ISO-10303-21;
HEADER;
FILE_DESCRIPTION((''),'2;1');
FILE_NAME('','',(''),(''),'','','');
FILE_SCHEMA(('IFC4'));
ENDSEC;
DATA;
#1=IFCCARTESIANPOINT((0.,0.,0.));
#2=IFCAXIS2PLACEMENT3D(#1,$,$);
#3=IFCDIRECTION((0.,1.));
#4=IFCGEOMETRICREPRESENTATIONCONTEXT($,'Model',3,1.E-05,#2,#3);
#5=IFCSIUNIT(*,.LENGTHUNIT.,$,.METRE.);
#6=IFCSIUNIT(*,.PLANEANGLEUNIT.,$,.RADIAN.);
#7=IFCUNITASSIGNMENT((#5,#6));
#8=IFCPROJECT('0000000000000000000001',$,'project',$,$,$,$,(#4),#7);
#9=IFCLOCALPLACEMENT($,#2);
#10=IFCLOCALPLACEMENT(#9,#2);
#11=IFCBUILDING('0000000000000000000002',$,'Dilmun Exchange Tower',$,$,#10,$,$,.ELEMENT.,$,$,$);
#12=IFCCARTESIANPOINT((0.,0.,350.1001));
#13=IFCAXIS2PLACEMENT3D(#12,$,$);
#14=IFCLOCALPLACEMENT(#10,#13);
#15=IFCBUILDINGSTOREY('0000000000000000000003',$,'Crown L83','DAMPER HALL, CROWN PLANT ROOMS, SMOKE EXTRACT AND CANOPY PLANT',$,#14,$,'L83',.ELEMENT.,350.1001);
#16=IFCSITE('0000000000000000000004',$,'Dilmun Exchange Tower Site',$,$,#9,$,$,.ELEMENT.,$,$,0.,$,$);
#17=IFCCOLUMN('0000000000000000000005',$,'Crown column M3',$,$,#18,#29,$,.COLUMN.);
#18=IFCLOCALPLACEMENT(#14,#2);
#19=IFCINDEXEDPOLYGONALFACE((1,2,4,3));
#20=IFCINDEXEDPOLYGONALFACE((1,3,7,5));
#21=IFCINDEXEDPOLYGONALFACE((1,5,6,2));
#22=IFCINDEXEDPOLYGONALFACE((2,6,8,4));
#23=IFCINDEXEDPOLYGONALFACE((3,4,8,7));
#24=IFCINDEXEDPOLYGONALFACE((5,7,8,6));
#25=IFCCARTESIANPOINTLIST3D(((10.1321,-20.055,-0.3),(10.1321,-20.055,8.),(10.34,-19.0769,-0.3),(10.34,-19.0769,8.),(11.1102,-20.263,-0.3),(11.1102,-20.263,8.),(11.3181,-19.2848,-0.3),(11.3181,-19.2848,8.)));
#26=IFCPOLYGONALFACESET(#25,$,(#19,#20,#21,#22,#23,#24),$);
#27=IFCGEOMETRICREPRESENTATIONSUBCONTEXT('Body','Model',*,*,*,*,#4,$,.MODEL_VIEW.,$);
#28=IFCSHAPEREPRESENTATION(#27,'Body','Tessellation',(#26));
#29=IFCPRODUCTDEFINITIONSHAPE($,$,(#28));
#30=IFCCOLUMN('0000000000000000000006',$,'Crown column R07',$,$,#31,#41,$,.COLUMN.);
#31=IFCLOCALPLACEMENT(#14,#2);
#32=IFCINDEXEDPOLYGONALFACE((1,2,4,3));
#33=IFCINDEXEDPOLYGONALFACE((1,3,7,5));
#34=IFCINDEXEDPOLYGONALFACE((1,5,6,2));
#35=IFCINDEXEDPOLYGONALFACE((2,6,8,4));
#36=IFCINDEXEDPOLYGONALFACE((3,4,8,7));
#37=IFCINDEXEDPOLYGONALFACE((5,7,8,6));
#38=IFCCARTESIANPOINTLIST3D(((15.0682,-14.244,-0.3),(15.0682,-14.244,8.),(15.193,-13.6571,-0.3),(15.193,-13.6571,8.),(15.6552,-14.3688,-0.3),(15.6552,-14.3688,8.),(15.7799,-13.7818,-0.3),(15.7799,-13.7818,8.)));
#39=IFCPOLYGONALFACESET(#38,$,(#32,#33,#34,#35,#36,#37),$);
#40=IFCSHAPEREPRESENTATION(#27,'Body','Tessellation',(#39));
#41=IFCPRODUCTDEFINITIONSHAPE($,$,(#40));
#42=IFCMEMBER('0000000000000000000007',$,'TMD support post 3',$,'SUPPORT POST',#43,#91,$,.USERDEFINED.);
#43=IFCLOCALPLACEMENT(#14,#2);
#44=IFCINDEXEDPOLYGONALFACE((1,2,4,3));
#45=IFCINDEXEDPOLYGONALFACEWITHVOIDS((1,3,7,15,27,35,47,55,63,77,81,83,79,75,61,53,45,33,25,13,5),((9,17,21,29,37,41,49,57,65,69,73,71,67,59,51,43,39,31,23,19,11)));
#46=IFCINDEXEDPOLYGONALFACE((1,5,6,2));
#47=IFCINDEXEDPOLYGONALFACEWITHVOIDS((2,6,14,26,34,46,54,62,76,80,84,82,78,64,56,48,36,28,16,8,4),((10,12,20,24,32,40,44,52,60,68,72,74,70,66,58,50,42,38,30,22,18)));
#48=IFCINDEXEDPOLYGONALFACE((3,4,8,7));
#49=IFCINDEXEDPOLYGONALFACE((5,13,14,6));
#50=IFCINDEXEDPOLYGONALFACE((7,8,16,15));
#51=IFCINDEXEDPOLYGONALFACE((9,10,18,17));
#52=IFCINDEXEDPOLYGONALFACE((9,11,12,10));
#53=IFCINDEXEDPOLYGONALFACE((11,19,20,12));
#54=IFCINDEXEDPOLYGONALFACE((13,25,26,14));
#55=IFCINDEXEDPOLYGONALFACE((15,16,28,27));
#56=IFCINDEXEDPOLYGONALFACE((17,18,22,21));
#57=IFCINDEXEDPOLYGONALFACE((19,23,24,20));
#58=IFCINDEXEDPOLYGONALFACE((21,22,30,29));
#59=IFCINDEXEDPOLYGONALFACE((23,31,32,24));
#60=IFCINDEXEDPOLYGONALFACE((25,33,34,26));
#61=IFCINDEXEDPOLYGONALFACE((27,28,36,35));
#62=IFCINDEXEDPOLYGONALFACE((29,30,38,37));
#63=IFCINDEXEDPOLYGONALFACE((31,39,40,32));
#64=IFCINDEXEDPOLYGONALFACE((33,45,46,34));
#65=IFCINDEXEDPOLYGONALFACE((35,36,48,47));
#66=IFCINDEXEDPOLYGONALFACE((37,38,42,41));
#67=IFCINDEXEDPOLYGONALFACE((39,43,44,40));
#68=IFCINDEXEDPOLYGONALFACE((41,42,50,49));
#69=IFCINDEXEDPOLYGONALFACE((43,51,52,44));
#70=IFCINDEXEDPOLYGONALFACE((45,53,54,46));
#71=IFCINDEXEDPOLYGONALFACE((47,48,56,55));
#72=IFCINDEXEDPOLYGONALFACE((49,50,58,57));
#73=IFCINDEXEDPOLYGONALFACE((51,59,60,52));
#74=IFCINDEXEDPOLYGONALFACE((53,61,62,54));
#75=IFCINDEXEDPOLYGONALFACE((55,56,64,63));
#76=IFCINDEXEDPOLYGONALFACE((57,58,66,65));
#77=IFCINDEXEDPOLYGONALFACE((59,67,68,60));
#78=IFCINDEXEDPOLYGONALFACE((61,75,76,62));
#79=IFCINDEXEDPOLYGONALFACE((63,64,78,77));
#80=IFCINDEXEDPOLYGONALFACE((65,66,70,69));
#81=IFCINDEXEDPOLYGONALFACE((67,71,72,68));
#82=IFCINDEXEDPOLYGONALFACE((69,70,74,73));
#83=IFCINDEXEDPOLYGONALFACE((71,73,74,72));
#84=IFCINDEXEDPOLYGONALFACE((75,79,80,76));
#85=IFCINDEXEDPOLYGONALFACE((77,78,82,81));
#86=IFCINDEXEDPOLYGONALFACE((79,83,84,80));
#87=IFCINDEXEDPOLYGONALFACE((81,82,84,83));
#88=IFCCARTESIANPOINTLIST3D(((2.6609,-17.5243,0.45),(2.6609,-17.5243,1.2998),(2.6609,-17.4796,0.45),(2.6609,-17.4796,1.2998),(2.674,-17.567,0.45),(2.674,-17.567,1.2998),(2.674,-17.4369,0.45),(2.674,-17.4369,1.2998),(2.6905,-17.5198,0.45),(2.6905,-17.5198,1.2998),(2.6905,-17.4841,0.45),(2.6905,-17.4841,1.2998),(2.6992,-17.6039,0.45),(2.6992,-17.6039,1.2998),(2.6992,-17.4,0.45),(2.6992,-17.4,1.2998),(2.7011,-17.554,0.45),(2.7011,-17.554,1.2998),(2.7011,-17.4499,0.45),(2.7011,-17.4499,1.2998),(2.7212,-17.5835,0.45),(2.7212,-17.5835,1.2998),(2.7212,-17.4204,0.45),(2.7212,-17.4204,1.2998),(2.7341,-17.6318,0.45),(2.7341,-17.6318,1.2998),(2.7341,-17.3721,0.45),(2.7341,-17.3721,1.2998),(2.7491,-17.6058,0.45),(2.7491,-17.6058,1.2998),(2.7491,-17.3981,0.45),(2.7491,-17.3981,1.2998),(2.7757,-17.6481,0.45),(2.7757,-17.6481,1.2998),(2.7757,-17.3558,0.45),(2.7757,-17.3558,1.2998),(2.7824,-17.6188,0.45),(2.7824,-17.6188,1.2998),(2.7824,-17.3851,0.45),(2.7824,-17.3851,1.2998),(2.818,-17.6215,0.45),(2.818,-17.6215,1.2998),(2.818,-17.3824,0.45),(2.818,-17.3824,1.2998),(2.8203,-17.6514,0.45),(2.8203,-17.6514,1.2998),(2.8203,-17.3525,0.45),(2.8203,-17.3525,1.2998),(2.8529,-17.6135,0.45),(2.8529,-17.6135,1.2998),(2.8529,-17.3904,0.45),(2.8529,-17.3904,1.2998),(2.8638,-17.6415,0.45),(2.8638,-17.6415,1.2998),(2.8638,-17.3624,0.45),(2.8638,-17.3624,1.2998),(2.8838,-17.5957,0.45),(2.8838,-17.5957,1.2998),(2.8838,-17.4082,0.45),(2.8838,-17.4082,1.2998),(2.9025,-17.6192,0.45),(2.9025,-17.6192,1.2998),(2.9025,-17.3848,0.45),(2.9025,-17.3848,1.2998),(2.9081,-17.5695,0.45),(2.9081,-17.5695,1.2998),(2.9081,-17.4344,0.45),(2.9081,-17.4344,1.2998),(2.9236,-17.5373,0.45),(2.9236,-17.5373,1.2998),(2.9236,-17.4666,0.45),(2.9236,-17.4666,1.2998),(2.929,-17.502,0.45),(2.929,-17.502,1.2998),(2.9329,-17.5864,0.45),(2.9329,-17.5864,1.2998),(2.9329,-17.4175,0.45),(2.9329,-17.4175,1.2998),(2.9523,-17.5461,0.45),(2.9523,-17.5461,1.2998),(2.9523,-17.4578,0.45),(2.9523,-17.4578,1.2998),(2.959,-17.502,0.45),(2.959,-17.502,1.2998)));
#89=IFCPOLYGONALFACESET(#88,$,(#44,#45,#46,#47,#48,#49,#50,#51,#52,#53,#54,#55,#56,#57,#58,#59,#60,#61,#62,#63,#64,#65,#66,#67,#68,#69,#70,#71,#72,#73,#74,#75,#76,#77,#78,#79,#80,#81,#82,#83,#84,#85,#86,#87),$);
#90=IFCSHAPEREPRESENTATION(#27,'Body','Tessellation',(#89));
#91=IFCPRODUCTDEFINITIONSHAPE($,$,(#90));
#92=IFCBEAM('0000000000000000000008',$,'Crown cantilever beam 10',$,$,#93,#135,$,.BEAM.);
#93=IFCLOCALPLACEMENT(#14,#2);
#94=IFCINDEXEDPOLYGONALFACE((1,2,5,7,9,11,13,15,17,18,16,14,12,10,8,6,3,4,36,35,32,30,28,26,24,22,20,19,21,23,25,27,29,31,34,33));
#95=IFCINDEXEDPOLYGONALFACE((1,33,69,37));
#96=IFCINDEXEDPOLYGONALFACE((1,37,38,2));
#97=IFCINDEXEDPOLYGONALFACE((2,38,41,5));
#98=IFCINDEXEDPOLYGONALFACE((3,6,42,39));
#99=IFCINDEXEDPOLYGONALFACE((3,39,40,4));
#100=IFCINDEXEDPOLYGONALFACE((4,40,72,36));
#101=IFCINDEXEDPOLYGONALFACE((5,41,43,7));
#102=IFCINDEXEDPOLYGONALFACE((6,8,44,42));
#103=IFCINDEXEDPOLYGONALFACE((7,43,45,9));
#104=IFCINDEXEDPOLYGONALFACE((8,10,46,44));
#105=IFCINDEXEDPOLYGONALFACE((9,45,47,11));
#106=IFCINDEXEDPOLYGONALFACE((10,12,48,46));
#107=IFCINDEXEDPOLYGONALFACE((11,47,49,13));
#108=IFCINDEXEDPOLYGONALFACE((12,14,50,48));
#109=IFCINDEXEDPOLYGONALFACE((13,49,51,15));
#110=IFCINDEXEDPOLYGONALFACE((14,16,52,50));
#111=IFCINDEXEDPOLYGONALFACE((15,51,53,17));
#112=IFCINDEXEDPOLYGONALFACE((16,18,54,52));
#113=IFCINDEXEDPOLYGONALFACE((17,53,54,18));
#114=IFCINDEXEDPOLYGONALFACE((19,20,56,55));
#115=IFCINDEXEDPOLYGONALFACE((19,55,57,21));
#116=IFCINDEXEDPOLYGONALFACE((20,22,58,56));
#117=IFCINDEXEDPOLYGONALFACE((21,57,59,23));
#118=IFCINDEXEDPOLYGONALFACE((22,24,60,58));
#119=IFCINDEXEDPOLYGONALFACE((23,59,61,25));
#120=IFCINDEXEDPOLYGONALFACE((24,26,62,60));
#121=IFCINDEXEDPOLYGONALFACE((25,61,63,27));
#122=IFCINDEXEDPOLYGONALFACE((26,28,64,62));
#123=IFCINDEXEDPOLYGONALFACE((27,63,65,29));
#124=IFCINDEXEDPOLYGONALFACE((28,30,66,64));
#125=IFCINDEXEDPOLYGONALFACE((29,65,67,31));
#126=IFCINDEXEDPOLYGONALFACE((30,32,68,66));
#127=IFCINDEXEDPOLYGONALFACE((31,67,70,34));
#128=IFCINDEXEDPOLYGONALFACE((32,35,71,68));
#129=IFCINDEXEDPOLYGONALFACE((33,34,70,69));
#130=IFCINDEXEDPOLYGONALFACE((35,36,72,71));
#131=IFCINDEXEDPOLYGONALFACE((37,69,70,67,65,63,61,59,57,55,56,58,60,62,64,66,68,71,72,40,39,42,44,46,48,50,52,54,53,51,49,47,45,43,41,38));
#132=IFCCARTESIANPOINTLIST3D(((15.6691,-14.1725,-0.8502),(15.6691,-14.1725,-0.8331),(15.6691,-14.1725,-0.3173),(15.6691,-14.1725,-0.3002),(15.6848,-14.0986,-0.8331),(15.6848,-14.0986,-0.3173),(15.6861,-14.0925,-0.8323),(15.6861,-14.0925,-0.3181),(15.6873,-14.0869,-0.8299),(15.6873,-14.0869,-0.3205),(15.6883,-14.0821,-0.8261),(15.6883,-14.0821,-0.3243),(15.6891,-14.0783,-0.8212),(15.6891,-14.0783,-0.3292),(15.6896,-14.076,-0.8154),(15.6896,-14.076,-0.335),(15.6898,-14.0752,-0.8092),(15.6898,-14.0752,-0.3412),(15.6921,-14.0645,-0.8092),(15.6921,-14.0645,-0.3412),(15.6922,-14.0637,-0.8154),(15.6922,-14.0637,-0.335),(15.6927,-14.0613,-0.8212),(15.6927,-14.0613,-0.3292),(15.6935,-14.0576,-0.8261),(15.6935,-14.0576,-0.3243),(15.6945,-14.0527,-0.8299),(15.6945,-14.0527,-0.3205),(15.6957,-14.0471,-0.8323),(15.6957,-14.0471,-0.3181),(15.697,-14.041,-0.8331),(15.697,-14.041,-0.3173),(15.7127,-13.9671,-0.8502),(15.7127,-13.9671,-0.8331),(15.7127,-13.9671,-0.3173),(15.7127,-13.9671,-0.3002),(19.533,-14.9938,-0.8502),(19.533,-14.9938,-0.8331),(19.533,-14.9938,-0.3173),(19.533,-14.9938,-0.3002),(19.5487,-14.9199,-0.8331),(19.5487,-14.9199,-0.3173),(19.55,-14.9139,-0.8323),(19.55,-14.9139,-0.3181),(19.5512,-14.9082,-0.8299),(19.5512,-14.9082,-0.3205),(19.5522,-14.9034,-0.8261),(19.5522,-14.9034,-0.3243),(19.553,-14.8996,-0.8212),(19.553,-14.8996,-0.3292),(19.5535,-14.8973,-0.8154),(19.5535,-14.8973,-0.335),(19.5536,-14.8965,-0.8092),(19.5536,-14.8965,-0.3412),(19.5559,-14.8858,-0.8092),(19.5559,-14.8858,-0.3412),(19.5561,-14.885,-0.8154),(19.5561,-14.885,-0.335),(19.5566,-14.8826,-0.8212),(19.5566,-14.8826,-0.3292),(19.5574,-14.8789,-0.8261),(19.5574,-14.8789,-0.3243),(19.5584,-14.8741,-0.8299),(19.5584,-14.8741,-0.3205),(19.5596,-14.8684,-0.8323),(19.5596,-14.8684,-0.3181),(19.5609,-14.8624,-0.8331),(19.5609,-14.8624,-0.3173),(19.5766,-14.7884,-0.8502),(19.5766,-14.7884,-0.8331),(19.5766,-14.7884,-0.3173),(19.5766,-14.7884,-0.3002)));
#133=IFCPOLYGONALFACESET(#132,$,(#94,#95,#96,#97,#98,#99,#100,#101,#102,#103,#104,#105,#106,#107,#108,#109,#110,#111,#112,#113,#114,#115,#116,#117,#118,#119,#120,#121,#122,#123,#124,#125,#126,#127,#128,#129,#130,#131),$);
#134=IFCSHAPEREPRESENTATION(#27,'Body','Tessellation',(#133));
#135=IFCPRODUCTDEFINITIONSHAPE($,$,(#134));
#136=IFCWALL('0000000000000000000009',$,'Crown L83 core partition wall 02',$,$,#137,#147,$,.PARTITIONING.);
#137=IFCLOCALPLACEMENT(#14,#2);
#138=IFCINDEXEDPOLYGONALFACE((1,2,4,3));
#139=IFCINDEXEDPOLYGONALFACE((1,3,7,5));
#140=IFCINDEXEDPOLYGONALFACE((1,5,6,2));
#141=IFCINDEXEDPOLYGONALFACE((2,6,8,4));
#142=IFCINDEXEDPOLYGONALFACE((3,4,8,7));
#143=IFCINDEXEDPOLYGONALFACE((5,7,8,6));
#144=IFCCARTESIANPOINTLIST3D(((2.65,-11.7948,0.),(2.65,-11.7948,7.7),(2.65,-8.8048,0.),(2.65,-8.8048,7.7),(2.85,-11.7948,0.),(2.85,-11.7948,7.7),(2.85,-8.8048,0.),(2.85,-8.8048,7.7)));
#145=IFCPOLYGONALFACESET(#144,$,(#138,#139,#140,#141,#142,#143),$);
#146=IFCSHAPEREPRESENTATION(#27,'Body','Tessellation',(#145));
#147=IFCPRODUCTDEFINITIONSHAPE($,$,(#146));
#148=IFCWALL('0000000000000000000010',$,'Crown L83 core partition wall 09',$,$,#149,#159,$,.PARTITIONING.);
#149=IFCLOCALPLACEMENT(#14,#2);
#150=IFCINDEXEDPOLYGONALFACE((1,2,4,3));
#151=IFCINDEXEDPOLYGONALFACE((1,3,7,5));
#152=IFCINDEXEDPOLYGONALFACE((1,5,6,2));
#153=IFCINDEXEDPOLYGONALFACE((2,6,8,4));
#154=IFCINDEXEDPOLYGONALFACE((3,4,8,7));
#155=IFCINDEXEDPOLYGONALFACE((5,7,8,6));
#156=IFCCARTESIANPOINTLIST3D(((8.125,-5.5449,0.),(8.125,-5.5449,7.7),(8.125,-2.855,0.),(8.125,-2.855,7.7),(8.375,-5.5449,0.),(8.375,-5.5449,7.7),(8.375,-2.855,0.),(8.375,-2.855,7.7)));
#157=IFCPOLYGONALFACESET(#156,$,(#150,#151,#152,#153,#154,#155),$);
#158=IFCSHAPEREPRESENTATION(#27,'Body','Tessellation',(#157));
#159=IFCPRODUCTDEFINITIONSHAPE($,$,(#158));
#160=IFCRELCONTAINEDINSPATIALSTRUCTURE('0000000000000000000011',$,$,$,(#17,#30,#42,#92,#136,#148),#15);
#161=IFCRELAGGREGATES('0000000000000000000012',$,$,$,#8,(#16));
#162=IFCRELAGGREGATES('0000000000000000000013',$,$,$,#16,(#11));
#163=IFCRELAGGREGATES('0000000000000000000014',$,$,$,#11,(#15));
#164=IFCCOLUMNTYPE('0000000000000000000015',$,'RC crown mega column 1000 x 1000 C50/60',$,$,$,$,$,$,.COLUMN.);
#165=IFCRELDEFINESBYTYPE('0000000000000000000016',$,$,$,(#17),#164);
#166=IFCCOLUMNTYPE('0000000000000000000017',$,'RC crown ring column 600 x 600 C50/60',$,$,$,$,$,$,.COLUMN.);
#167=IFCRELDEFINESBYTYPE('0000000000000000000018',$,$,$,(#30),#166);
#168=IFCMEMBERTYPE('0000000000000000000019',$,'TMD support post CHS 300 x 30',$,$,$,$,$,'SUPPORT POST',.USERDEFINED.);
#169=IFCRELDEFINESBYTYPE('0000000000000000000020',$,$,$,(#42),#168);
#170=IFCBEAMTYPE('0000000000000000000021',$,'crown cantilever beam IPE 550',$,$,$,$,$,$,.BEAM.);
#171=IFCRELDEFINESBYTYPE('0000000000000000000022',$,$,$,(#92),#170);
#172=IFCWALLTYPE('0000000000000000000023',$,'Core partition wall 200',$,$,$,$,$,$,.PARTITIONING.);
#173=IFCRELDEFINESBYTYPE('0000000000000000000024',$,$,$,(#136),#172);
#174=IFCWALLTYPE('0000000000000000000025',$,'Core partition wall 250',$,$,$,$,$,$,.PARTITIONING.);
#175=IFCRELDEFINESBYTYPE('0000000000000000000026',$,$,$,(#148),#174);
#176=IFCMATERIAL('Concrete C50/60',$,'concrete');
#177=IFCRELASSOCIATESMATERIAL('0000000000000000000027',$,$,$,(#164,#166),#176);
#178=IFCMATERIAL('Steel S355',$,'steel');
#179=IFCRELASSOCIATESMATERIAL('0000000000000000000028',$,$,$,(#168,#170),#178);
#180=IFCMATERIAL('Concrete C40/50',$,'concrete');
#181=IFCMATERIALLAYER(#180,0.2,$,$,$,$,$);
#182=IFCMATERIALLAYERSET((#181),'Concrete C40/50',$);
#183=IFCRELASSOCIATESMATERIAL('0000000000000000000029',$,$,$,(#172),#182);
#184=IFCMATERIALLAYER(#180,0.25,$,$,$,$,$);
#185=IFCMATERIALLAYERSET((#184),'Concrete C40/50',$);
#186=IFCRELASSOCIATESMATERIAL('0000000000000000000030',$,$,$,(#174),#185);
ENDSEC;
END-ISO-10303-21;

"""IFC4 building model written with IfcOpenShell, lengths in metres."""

from ifc_helpers import new_model, si_unit, direction, frame, frame_2d, origin, origin_2d, place, context, subcontext, project, spatial, rectangle, hollow_circle, i_section, extrude, material, layer, layer_set, material_profile, profile_set, type_object, element, save


model = new_model("IFC4")

# Units and contexts
model_context = context("Model", 3, precision=1e-05, world=origin(), true_north=direction((0.0, 1.0)))
body_context = subcontext(model_context, "Body", "Model", "MODEL_VIEW")
ifc_project = project(units=[si_unit("LENGTHUNIT", "METRE"), si_unit("PLANEANGLEUNIT", "RADIAN")], contexts=[model_context])

# Site, building, storey
site_placement = place(None, origin())
site = spatial("IfcSite", under=ifc_project, at=site_placement, Name="Dilmun Exchange Tower Site", CompositionType="ELEMENT", RefElevation=0.0)
building_placement = place(site_placement, origin())
building = spatial("IfcBuilding", under=site, at=building_placement, Name="Dilmun Exchange Tower", CompositionType="ELEMENT")
storey_placement = place(building_placement, frame((0.0, 0.0, 350.1001)))
storey = spatial("IfcBuildingStorey", under=building, at=storey_placement, Name="Crown L83", Description="DAMPER HALL, CROWN PLANT ROOMS, SMOKE EXTRACT AND CANOPY PLANT", LongName="L83", CompositionType="ELEMENT", Elevation=350.1001)

# Columns
ifc_material_1 = material(Name="Concrete C50/60", Category="concrete")
ifc_material_profile_1 = material_profile(ifc_material_1, rectangle(XDim=1.0, YDim=1.0, at=origin_2d()), Name="1000 x 1000")
ifc_profile_set_1 = profile_set([ifc_material_profile_1], Name="Concrete C50/60")
column_type_1 = type_object("IfcColumnType", Name="RC crown mega column 1000 x 1000 C50/60", PredefinedType="COLUMN", material=ifc_profile_set_1)
column_1_placement = place(storey_placement, frame((10.7251, -19.6699, -0.3), z_axis=(0.0, 0.0, 1.0), x_axis=(0.207912, 0.978148, 0.0)))
element("IfcColumn", 1, at=column_1_placement, inside=storey, type_object=column_type_1, Name="Crown column M3", PredefinedType="COLUMN", context=body_context, shape_type="SweptSolid", body=[
    extrude(rectangle(XDim=1.0, YDim=1.0, at=origin_2d()), origin(), (0.0, 0.0, 1.0), 8.3),
])
ifc_material_profile_2 = material_profile(ifc_material_1, rectangle(XDim=0.6001, YDim=0.6001, at=origin_2d()), Name="600 x 600")
ifc_profile_set_2 = profile_set([ifc_material_profile_2], Name="Concrete C50/60")
column_type_2 = type_object("IfcColumnType", Name="RC crown ring column 600 x 600 C50/60", PredefinedType="COLUMN", material=ifc_profile_set_2)
column_2_placement = place(storey_placement, frame((15.4241, -14.0129, -0.3), z_axis=(0.0, 0.0, 1.0), x_axis=(0.207912, 0.978148, 0.0)))
element("IfcColumn", 2, at=column_2_placement, inside=storey, type_object=column_type_2, Name="Crown column R07", PredefinedType="COLUMN", context=body_context, shape_type="SweptSolid", body=[
    extrude(rectangle(XDim=0.6001, YDim=0.6001, at=origin_2d()), origin(), (0.0, 0.0, 1.0), 8.3),
])

# Member
ifc_material_2 = material(Name="Steel S355", Category="steel")
ifc_material_profile_3 = material_profile(ifc_material_2, hollow_circle(Radius=0.1499, WallThickness=0.03, at=origin_2d()), Name="CHS 300x30")
ifc_profile_set_3 = profile_set([ifc_material_profile_3], Name="Steel S355")
member_type = type_object("IfcMemberType", Name="TMD support post CHS 300 x 30", ElementType="SUPPORT POST", PredefinedType="USERDEFINED", material=ifc_profile_set_3)
member_placement = place(storey_placement, frame((2.8091, -17.502, 0.45), z_axis=(0.0, 0.0, 1.0), x_axis=(1.0, 0.0, 0.0)))
element("IfcMember", 3, at=member_placement, inside=storey, type_object=member_type, Name="TMD support post 3", ObjectType="SUPPORT POST", PredefinedType="USERDEFINED", context=body_context, shape_type="SweptSolid", body=[
    extrude(hollow_circle(Radius=0.1499, WallThickness=0.03, at=origin_2d()), origin(), (0.0, 0.0, 1.0), 0.8499),
])

# Beam
ifc_material_profile_4 = material_profile(ifc_material_2, i_section(OverallWidth=0.21, OverallDepth=0.55, WebThickness=0.011, FlangeThickness=0.0171, FilletRadius=0.0239, at=origin_2d()), Name="IPE 550")
ifc_profile_set_4 = profile_set([ifc_material_profile_4], Name="Steel S355")
beam_type = type_object("IfcBeamType", Name="crown cantilever beam IPE 550", PredefinedType="BEAM", material=ifc_profile_set_4)
beam_placement = place(storey_placement, frame((15.6909, -14.0698, -0.5752), z_axis=(0.978147, -0.207916, 0.0), x_axis=(0.207916, 0.978147, 0.0)))
element("IfcBeam", 4, at=beam_placement, inside=storey, type_object=beam_type, Name="Crown cantilever beam 10", PredefinedType="BEAM", context=body_context, shape_type="SweptSolid", body=[
    extrude(i_section(OverallWidth=0.21, OverallDepth=0.55, WebThickness=0.011, FlangeThickness=0.0171, FilletRadius=0.0239, at=origin_2d()), origin(), (0.0, 0.0, 1.0), 3.9502),
])

# Walls
ifc_material_3 = material(Name="Concrete C40/50", Category="concrete")
ifc_layer_1 = layer(ifc_material_3, 0.2)
ifc_layer_set_1 = layer_set([ifc_layer_1], Name="Concrete C40/50")
wall_type_1 = type_object("IfcWallType", Name="Core partition wall 200", PredefinedType="PARTITIONING", material=ifc_layer_set_1)
wall_1_placement = place(storey_placement, frame((2.75, -11.7949, 0.0), z_axis=(0.0, 0.0, 1.0), x_axis=(0.0, 1.0, 0.0)))
element("IfcWall", 5, at=wall_1_placement, inside=storey, type_object=wall_type_1, Name="Crown L83 core partition wall 02", PredefinedType="PARTITIONING", context=body_context, shape_type="SweptSolid", body=[
    extrude(rectangle(XDim=2.99, YDim=0.2, at=frame_2d((1.4951, 0.0))), origin(), (0.0, 0.0, 1.0), 7.7),
])
ifc_layer_2 = layer(ifc_material_3, 0.25)
ifc_layer_set_2 = layer_set([ifc_layer_2], Name="Concrete C40/50")
wall_type_2 = type_object("IfcWallType", Name="Core partition wall 250", PredefinedType="PARTITIONING", material=ifc_layer_set_2)
wall_2_placement = place(storey_placement, frame((8.25, -5.5449, 0.0), z_axis=(0.0, 0.0, 1.0), x_axis=(0.0, 1.0, 0.0)))
element("IfcWall", 6, at=wall_2_placement, inside=storey, type_object=wall_type_2, Name="Crown L83 core partition wall 09", PredefinedType="PARTITIONING", context=body_context, shape_type="SweptSolid", body=[
    extrude(rectangle(XDim=2.6899, YDim=0.25, at=frame_2d((1.345, 0.0))), origin(), (0.0, 0.0, 1.0), 7.7),
])

save(model, "model.ifc")
